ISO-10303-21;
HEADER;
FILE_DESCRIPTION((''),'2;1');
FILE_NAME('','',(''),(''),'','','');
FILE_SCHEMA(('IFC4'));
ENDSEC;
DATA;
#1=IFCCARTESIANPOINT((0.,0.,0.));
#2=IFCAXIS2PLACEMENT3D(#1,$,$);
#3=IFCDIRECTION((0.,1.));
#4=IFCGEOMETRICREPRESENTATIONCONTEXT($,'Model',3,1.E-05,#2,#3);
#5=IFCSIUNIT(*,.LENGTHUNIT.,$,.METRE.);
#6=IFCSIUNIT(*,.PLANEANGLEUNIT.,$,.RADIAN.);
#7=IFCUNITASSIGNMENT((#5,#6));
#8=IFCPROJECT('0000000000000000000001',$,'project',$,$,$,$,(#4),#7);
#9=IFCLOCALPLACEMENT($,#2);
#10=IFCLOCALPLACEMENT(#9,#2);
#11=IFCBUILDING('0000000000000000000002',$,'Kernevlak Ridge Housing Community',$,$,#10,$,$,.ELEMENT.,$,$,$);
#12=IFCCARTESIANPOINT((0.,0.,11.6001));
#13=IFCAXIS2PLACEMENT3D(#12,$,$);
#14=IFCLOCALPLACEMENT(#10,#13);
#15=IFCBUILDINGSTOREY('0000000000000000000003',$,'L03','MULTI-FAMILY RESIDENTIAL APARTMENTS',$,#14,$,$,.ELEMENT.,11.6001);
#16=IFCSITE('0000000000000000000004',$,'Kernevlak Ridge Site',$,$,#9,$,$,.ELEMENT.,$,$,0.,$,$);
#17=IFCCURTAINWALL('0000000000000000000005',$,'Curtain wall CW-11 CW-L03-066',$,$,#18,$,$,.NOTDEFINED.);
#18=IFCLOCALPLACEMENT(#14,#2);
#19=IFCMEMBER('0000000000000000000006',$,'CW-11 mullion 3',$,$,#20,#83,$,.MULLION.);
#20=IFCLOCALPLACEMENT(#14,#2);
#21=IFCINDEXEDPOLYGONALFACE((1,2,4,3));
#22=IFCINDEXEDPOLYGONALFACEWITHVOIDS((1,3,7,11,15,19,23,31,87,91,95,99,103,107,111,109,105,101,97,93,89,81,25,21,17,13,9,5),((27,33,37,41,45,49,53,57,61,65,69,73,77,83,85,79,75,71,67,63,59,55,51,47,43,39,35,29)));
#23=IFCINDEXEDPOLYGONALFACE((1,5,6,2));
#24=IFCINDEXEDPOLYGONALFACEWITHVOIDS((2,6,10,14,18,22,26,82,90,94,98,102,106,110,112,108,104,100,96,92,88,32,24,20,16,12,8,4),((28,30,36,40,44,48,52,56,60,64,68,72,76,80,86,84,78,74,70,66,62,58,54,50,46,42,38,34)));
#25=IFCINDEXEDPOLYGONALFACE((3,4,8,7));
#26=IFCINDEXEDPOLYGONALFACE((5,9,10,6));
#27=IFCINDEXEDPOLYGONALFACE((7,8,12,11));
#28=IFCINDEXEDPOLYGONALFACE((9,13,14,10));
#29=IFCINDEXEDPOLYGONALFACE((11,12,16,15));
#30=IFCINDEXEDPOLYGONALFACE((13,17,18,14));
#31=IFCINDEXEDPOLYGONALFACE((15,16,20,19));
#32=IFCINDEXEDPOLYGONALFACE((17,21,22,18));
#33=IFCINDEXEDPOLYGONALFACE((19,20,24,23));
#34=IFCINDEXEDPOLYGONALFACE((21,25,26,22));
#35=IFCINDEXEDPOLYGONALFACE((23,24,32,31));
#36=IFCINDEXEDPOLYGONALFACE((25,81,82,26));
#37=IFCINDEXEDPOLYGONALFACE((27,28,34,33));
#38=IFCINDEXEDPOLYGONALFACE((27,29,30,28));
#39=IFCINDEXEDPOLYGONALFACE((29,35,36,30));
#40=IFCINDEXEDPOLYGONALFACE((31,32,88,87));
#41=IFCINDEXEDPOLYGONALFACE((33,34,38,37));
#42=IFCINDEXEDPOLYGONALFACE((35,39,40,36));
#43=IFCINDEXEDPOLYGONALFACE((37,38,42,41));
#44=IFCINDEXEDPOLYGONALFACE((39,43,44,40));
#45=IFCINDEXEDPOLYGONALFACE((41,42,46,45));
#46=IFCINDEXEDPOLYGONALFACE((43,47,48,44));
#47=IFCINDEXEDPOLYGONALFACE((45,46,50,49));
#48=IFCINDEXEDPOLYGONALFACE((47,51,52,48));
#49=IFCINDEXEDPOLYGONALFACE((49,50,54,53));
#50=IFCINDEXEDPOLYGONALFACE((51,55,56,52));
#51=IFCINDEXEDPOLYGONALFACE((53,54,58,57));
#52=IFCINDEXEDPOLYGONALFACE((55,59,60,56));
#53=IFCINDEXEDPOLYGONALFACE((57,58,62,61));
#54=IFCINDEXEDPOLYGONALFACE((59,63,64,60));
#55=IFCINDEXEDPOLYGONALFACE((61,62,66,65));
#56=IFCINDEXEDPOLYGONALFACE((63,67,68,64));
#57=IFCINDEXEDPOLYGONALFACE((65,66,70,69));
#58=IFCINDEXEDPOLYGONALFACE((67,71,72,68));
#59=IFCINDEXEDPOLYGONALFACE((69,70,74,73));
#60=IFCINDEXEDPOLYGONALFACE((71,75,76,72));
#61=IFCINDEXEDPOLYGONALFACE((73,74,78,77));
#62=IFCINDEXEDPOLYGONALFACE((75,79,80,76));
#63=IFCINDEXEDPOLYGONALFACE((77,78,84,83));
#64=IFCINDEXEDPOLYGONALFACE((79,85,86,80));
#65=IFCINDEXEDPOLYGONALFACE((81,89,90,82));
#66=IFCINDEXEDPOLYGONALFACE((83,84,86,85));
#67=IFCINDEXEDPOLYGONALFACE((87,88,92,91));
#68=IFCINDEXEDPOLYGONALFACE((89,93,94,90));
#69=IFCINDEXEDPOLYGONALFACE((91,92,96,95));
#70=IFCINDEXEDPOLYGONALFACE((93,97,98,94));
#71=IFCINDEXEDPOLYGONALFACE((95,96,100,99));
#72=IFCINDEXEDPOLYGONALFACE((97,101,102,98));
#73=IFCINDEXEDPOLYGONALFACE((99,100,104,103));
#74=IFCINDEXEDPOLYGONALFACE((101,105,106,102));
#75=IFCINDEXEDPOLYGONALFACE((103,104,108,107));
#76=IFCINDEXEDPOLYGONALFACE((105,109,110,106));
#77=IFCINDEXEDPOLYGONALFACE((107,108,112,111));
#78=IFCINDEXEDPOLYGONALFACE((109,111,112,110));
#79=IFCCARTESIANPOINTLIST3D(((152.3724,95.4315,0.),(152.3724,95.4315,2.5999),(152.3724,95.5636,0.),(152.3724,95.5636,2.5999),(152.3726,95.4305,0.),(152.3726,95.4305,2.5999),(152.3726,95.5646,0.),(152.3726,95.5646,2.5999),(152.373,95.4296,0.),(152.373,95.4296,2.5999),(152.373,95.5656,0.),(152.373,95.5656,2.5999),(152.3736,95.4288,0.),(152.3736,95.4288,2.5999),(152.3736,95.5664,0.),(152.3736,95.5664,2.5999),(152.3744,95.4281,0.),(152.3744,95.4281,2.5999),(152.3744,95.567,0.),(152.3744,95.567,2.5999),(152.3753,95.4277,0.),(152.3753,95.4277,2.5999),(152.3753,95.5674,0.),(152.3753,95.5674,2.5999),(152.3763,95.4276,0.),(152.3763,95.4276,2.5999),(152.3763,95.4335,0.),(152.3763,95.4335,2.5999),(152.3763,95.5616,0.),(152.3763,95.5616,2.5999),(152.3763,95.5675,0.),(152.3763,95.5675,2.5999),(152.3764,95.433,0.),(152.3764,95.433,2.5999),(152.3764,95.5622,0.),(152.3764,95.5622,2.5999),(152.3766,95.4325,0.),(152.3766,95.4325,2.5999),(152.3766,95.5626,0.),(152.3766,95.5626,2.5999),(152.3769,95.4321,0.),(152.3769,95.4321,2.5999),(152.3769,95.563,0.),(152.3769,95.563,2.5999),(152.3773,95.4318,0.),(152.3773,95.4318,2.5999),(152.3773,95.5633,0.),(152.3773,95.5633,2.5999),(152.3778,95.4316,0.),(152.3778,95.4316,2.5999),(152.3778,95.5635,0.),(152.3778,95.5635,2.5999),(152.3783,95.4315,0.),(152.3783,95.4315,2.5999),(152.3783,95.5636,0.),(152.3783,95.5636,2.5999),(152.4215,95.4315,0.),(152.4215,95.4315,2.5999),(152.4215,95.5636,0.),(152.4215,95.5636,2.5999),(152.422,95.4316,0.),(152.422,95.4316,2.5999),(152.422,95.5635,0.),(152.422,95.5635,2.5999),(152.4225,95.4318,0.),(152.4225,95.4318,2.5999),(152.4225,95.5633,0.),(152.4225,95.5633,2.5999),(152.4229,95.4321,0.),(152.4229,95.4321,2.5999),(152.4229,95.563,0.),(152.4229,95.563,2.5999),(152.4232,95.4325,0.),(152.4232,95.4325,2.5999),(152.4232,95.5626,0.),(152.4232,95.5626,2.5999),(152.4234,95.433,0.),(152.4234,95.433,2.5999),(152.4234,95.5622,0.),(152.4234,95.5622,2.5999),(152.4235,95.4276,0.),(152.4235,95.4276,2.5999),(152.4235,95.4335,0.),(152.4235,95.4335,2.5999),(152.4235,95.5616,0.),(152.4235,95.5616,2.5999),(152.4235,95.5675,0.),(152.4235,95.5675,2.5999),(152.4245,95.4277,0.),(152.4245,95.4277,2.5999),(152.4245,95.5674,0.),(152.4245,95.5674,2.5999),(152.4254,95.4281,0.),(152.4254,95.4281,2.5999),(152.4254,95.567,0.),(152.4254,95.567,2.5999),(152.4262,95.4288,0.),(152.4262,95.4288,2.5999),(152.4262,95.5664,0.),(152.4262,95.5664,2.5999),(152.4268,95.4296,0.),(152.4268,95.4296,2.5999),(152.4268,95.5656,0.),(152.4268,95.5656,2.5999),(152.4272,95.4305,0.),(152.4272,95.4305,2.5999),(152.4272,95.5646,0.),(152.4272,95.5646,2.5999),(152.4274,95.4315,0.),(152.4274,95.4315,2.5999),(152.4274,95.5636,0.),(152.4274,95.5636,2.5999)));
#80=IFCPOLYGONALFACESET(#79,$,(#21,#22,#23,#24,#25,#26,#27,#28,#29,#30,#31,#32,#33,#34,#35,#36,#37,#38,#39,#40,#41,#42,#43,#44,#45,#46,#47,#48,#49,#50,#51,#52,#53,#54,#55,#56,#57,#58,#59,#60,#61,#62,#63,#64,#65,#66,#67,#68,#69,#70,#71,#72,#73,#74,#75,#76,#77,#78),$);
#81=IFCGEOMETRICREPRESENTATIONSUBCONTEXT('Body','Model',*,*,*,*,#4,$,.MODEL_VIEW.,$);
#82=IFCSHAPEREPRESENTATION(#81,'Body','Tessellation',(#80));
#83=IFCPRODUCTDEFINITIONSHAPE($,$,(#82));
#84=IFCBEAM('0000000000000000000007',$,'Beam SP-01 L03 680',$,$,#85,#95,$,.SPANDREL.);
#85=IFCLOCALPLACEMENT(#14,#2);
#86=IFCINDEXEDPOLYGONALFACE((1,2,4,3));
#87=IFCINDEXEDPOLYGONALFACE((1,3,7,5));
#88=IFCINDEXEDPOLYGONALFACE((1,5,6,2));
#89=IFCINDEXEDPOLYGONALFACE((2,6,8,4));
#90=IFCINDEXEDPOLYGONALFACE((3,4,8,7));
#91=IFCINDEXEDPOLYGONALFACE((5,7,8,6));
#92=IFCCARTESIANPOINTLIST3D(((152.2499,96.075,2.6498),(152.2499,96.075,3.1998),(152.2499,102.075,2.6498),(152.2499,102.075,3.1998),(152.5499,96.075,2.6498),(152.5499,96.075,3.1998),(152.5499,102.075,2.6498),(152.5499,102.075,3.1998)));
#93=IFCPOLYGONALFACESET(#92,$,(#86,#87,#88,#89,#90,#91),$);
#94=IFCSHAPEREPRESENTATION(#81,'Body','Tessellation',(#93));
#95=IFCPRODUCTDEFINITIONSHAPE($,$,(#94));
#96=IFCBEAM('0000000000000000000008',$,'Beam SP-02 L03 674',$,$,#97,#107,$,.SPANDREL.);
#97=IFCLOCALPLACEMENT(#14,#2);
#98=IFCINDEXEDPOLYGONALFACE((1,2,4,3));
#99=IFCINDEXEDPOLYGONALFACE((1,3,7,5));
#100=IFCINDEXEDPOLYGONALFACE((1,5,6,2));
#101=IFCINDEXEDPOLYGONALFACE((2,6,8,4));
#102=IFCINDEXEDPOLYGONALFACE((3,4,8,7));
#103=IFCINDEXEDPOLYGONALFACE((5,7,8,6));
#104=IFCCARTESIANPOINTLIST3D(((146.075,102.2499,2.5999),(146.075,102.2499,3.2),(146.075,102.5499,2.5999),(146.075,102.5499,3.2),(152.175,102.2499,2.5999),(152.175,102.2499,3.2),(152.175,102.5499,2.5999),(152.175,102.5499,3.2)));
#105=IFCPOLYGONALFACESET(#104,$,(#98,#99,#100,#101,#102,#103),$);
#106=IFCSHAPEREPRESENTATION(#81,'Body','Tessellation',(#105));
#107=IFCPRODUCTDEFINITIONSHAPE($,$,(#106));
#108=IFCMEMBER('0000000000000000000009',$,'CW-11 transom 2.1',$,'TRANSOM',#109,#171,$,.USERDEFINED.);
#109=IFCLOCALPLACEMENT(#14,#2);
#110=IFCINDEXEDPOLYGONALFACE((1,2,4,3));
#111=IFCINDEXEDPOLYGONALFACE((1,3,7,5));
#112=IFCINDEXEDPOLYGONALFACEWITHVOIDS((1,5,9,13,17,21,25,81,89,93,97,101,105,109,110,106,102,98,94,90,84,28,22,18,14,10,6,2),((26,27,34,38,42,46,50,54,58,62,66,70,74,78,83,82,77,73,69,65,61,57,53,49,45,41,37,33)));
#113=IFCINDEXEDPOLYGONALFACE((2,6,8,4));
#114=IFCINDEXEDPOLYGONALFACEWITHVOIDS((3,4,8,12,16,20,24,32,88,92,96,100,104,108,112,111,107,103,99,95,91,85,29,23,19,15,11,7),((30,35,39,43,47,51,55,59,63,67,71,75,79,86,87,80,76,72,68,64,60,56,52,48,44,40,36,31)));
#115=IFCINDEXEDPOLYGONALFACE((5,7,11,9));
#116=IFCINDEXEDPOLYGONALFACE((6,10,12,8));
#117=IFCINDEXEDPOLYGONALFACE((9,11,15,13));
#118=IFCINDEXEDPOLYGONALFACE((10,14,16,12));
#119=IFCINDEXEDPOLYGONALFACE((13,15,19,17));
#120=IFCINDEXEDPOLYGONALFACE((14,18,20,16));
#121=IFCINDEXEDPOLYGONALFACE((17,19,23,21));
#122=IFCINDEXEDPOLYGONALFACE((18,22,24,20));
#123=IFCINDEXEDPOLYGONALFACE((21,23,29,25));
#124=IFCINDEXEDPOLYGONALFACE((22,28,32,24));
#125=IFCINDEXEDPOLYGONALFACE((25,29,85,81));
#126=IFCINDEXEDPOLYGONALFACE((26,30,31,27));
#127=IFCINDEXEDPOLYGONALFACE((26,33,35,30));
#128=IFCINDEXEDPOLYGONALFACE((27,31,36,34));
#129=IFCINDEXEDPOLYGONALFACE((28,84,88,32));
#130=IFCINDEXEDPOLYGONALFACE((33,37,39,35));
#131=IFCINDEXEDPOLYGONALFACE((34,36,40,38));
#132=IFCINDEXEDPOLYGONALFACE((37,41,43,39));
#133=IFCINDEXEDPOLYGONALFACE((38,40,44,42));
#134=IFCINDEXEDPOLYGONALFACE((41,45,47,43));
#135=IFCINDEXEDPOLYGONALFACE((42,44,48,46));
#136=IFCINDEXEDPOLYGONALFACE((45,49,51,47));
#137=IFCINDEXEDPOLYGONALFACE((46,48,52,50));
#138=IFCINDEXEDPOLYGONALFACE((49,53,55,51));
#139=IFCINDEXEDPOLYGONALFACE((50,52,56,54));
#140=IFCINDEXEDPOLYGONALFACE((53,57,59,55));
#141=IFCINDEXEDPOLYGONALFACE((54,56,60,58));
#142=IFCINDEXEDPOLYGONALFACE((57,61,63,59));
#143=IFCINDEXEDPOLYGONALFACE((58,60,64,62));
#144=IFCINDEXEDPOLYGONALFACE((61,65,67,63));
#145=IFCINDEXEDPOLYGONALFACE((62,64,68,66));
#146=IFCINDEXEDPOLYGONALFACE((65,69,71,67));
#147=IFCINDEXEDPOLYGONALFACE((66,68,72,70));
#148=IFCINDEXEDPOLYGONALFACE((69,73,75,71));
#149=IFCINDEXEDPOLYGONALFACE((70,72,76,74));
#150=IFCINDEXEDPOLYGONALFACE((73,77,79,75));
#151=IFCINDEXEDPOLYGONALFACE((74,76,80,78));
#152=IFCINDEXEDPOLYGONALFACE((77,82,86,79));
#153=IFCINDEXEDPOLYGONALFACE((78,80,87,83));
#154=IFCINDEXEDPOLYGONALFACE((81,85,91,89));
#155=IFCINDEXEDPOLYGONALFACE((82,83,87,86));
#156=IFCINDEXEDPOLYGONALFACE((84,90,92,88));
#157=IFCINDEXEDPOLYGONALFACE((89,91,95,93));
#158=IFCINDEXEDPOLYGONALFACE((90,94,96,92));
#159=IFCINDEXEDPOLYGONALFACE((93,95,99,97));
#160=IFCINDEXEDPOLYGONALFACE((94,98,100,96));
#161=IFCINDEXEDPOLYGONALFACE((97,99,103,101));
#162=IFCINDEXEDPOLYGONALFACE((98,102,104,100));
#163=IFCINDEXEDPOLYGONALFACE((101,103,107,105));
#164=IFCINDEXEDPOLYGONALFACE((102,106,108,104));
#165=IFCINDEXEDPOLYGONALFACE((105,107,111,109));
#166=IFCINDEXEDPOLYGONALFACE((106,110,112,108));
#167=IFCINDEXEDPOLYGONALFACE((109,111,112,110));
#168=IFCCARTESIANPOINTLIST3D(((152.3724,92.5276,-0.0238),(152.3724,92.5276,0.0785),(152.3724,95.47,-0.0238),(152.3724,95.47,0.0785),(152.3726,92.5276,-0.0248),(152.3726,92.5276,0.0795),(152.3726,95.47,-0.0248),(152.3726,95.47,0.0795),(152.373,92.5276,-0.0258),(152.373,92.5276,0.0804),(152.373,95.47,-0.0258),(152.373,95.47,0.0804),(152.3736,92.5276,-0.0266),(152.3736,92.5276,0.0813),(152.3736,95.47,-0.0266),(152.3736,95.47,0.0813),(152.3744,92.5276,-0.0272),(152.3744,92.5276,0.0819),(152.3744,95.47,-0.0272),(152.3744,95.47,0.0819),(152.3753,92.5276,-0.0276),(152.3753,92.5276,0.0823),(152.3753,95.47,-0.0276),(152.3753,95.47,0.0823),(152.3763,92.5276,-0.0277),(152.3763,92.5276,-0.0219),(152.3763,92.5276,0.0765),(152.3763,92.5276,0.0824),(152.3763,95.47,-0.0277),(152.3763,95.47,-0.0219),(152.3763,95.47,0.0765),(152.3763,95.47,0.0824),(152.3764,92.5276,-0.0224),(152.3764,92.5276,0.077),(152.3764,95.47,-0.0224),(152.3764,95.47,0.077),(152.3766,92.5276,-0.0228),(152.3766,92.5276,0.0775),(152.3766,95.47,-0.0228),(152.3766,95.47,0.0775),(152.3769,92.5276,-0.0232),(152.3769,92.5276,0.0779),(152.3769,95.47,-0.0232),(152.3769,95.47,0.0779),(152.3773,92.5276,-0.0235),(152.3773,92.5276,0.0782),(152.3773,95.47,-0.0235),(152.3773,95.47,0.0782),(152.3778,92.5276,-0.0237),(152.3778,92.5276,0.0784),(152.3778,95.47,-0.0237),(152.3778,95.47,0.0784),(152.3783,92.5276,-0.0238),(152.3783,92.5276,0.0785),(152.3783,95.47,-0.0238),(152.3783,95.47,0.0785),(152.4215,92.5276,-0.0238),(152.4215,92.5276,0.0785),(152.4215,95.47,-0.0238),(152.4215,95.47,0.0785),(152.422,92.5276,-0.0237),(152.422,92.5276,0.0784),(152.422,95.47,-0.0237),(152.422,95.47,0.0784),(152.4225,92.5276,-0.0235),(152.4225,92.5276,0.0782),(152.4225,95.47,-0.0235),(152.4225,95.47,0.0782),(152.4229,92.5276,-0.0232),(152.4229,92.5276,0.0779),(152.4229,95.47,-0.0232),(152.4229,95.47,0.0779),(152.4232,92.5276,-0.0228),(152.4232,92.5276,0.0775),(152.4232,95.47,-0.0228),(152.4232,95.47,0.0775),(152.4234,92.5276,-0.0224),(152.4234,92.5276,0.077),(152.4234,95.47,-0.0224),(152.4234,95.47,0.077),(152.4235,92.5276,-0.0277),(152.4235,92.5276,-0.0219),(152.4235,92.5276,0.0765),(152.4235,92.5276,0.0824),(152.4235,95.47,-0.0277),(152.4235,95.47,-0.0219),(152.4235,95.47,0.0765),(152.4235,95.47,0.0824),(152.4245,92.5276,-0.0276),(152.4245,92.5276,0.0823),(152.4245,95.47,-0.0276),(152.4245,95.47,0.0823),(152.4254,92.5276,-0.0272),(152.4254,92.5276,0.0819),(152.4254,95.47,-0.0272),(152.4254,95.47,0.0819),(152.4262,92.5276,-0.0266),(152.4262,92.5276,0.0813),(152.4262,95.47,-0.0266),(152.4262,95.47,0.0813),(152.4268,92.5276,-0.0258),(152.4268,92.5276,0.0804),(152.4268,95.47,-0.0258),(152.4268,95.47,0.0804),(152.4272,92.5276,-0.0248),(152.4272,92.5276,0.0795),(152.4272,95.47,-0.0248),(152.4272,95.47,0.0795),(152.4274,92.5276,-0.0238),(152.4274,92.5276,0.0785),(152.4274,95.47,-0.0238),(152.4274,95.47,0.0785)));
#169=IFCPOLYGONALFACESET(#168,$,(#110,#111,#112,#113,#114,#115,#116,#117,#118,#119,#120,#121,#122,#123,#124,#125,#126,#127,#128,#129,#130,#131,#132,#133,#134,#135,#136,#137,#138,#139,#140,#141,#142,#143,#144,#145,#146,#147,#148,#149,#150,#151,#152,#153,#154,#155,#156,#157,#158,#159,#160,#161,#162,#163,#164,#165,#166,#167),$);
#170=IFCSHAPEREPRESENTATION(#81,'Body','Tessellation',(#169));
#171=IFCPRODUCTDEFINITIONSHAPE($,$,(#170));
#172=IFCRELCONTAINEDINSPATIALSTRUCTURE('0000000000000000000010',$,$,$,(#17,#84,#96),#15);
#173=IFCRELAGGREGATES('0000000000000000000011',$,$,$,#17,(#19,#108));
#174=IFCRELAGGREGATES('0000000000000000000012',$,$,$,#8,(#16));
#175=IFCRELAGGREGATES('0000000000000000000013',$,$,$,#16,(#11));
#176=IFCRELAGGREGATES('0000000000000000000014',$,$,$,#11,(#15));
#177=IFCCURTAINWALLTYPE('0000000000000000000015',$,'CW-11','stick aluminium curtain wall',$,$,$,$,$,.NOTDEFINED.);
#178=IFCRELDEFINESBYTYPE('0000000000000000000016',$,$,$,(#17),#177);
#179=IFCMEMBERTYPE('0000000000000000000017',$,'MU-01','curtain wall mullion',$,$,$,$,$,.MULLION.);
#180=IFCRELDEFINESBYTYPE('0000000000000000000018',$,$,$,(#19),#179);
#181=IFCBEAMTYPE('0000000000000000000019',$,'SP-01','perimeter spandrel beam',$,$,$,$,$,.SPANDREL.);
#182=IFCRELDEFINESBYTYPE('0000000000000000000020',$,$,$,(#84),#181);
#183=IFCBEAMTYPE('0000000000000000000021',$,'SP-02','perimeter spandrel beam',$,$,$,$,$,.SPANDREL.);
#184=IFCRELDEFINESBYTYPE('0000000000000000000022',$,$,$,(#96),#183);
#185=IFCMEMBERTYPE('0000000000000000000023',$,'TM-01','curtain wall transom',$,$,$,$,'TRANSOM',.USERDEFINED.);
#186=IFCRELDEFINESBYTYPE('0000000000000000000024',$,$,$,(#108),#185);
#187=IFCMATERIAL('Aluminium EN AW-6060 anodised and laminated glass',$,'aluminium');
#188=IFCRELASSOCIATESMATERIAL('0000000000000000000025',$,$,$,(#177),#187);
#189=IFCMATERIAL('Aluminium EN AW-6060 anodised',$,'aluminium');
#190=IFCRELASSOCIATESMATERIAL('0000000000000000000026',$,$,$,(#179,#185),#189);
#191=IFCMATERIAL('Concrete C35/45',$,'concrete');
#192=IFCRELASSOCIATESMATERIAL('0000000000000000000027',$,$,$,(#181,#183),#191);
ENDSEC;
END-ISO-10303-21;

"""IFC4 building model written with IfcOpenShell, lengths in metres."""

from ifc_helpers import new_model, si_unit, direction, frame, origin, origin_2d, place, context, subcontext, project, spatial, rectangle, hollow_rectangle, extrude, material, material_profile, profile_set, type_object, element, aggregate, save


model = new_model("IFC4")

# Units and contexts
model_context = context("Model", 3, precision=1e-05, world=origin(), true_north=direction((0.0, 1.0)))
body_context = subcontext(model_context, "Body", "Model", "MODEL_VIEW")
ifc_project = project(units=[si_unit("LENGTHUNIT", "METRE"), si_unit("PLANEANGLEUNIT", "RADIAN")], contexts=[model_context])

# Site, building, storey
site_placement = place(None, origin())
site = spatial("IfcSite", under=ifc_project, at=site_placement, Name="Kernevlak Ridge Site", CompositionType="ELEMENT", RefElevation=0.0)
building_placement = place(site_placement, origin())
building = spatial("IfcBuilding", under=site, at=building_placement, Name="Kernevlak Ridge Housing Community", CompositionType="ELEMENT")
storey_placement = place(building_placement, frame((0.0, 0.0, 11.6001)))
storey = spatial("IfcBuildingStorey", under=building, at=storey_placement, Name="L03", Description="MULTI-FAMILY RESIDENTIAL APARTMENTS", CompositionType="ELEMENT", Elevation=11.6001)

# Shared definitions
ifc_material_1 = material(Name="Concrete C35/45", Category="concrete")

# Curtain wall, member
ifc_material_2 = material(Name="Aluminium EN AW-6060 anodised and laminated glass", Category="aluminium")
curtain_wall_type = type_object("IfcCurtainWallType", Name="CW-11", Description="stick aluminium curtain wall", PredefinedType="NOTDEFINED", material=ifc_material_2)
curtain_wall_placement = place(storey_placement, origin())
curtain_wall = element("IfcCurtainWall", 1, at=curtain_wall_placement, inside=storey, type_object=curtain_wall_type, Name="Curtain wall CW-11 CW-L03-066", PredefinedType="NOTDEFINED")
ifc_material_3 = material(Name="Aluminium EN AW-6060 anodised", Category="aluminium")
ifc_material_profile_1 = material_profile(ifc_material_3, hollow_rectangle(XDim=0.0549, YDim=0.1399, WallThickness=0.0039, InnerFilletRadius=0.002, OuterFilletRadius=0.0039, at=origin_2d()), Name="ALU 55x140x4")
ifc_profile_set_1 = profile_set([ifc_material_profile_1], Name="Aluminium EN AW-6060 anodised")
member_type_1 = type_object("IfcMemberType", Name="MU-01", Description="curtain wall mullion", PredefinedType="MULLION", material=ifc_profile_set_1)
member_1_placement = place(storey_placement, frame((152.3999, 95.4976, 0.0), z_axis=(0.0, 0.0, 1.0), x_axis=(-1.0, 0.0, 0.0)))
member_1 = element("IfcMember", 2, at=member_1_placement, type_object=member_type_1, Name="CW-11 mullion 3", PredefinedType="MULLION", context=body_context, shape_type="SweptSolid", body=[
    extrude(hollow_rectangle(XDim=0.0549, YDim=0.1399, WallThickness=0.0039, InnerFilletRadius=0.002, OuterFilletRadius=0.0039, at=origin_2d()), origin(), (0.0, 0.0, 1.0), 2.5999),
])

# Beams
ifc_material_profile_2 = material_profile(ifc_material_1, rectangle(XDim=0.3, YDim=0.55, at=origin_2d()), Name="RC 300x550")
ifc_profile_set_2 = profile_set([ifc_material_profile_2], Name="Concrete C35/45")
beam_type_1 = type_object("IfcBeamType", Name="SP-01", Description="perimeter spandrel beam", PredefinedType="SPANDREL", material=ifc_profile_set_2)
beam_1_placement = place(storey_placement, frame((152.3999, 96.075, 2.9248), z_axis=(0.0, 1.0, 0.0), x_axis=(-1.0, 0.0, 0.0)))
element("IfcBeam", 3, at=beam_1_placement, inside=storey, type_object=beam_type_1, Name="Beam SP-01 L03 680", PredefinedType="SPANDREL", context=body_context, shape_type="SweptSolid", body=[
    extrude(rectangle(XDim=0.3, YDim=0.55, at=origin_2d()), origin(), (0.0, 0.0, 1.0), 6.0),
])
ifc_material_profile_3 = material_profile(ifc_material_1, rectangle(XDim=0.3, YDim=0.6001, at=origin_2d()), Name="RC 300x600")
ifc_profile_set_3 = profile_set([ifc_material_profile_3], Name="Concrete C35/45")
beam_type_2 = type_object("IfcBeamType", Name="SP-02", Description="perimeter spandrel beam", PredefinedType="SPANDREL", material=ifc_profile_set_3)
beam_2_placement = place(storey_placement, frame((146.075, 102.3999, 2.8999), z_axis=(1.0, 0.0, 0.0), x_axis=(0.0, 1.0, 0.0)))
element("IfcBeam", 4, at=beam_2_placement, inside=storey, type_object=beam_type_2, Name="Beam SP-02 L03 674", PredefinedType="SPANDREL", context=body_context, shape_type="SweptSolid", body=[
    extrude(rectangle(XDim=0.3, YDim=0.6001, at=origin_2d()), origin(), (0.0, 0.0, 1.0), 6.1001),
])

# Member
ifc_material_profile_4 = material_profile(ifc_material_3, hollow_rectangle(XDim=0.0549, YDim=0.1101, WallThickness=0.0039, InnerFilletRadius=0.002, OuterFilletRadius=0.0039, at=origin_2d()), Name="ALU 55x110x4")
ifc_profile_set_4 = profile_set([ifc_material_profile_4], Name="Aluminium EN AW-6060 anodised")
member_type_2 = type_object("IfcMemberType", Name="TM-01", Description="curtain wall transom", ElementType="TRANSOM", PredefinedType="USERDEFINED", material=ifc_profile_set_4)
member_2_placement = place(storey_placement, frame((152.3999, 92.5276, 0.0273), z_axis=(0.0, 1.0, 0.0), x_axis=(-1.0, 0.0, 0.0)))
member_2 = element("IfcMember", 5, at=member_2_placement, type_object=member_type_2, Name="CW-11 transom 2.1", ObjectType="TRANSOM", PredefinedType="USERDEFINED", context=body_context, shape_type="SweptSolid", body=[
    extrude(hollow_rectangle(XDim=0.0549, YDim=0.1101, WallThickness=0.0039, InnerFilletRadius=0.002, OuterFilletRadius=0.0039, at=origin_2d()), origin(), (0.0, 0.0, 1.0), 2.9424),
])

aggregate(curtain_wall, [member_1, member_2])

save(model, "model.ifc")
